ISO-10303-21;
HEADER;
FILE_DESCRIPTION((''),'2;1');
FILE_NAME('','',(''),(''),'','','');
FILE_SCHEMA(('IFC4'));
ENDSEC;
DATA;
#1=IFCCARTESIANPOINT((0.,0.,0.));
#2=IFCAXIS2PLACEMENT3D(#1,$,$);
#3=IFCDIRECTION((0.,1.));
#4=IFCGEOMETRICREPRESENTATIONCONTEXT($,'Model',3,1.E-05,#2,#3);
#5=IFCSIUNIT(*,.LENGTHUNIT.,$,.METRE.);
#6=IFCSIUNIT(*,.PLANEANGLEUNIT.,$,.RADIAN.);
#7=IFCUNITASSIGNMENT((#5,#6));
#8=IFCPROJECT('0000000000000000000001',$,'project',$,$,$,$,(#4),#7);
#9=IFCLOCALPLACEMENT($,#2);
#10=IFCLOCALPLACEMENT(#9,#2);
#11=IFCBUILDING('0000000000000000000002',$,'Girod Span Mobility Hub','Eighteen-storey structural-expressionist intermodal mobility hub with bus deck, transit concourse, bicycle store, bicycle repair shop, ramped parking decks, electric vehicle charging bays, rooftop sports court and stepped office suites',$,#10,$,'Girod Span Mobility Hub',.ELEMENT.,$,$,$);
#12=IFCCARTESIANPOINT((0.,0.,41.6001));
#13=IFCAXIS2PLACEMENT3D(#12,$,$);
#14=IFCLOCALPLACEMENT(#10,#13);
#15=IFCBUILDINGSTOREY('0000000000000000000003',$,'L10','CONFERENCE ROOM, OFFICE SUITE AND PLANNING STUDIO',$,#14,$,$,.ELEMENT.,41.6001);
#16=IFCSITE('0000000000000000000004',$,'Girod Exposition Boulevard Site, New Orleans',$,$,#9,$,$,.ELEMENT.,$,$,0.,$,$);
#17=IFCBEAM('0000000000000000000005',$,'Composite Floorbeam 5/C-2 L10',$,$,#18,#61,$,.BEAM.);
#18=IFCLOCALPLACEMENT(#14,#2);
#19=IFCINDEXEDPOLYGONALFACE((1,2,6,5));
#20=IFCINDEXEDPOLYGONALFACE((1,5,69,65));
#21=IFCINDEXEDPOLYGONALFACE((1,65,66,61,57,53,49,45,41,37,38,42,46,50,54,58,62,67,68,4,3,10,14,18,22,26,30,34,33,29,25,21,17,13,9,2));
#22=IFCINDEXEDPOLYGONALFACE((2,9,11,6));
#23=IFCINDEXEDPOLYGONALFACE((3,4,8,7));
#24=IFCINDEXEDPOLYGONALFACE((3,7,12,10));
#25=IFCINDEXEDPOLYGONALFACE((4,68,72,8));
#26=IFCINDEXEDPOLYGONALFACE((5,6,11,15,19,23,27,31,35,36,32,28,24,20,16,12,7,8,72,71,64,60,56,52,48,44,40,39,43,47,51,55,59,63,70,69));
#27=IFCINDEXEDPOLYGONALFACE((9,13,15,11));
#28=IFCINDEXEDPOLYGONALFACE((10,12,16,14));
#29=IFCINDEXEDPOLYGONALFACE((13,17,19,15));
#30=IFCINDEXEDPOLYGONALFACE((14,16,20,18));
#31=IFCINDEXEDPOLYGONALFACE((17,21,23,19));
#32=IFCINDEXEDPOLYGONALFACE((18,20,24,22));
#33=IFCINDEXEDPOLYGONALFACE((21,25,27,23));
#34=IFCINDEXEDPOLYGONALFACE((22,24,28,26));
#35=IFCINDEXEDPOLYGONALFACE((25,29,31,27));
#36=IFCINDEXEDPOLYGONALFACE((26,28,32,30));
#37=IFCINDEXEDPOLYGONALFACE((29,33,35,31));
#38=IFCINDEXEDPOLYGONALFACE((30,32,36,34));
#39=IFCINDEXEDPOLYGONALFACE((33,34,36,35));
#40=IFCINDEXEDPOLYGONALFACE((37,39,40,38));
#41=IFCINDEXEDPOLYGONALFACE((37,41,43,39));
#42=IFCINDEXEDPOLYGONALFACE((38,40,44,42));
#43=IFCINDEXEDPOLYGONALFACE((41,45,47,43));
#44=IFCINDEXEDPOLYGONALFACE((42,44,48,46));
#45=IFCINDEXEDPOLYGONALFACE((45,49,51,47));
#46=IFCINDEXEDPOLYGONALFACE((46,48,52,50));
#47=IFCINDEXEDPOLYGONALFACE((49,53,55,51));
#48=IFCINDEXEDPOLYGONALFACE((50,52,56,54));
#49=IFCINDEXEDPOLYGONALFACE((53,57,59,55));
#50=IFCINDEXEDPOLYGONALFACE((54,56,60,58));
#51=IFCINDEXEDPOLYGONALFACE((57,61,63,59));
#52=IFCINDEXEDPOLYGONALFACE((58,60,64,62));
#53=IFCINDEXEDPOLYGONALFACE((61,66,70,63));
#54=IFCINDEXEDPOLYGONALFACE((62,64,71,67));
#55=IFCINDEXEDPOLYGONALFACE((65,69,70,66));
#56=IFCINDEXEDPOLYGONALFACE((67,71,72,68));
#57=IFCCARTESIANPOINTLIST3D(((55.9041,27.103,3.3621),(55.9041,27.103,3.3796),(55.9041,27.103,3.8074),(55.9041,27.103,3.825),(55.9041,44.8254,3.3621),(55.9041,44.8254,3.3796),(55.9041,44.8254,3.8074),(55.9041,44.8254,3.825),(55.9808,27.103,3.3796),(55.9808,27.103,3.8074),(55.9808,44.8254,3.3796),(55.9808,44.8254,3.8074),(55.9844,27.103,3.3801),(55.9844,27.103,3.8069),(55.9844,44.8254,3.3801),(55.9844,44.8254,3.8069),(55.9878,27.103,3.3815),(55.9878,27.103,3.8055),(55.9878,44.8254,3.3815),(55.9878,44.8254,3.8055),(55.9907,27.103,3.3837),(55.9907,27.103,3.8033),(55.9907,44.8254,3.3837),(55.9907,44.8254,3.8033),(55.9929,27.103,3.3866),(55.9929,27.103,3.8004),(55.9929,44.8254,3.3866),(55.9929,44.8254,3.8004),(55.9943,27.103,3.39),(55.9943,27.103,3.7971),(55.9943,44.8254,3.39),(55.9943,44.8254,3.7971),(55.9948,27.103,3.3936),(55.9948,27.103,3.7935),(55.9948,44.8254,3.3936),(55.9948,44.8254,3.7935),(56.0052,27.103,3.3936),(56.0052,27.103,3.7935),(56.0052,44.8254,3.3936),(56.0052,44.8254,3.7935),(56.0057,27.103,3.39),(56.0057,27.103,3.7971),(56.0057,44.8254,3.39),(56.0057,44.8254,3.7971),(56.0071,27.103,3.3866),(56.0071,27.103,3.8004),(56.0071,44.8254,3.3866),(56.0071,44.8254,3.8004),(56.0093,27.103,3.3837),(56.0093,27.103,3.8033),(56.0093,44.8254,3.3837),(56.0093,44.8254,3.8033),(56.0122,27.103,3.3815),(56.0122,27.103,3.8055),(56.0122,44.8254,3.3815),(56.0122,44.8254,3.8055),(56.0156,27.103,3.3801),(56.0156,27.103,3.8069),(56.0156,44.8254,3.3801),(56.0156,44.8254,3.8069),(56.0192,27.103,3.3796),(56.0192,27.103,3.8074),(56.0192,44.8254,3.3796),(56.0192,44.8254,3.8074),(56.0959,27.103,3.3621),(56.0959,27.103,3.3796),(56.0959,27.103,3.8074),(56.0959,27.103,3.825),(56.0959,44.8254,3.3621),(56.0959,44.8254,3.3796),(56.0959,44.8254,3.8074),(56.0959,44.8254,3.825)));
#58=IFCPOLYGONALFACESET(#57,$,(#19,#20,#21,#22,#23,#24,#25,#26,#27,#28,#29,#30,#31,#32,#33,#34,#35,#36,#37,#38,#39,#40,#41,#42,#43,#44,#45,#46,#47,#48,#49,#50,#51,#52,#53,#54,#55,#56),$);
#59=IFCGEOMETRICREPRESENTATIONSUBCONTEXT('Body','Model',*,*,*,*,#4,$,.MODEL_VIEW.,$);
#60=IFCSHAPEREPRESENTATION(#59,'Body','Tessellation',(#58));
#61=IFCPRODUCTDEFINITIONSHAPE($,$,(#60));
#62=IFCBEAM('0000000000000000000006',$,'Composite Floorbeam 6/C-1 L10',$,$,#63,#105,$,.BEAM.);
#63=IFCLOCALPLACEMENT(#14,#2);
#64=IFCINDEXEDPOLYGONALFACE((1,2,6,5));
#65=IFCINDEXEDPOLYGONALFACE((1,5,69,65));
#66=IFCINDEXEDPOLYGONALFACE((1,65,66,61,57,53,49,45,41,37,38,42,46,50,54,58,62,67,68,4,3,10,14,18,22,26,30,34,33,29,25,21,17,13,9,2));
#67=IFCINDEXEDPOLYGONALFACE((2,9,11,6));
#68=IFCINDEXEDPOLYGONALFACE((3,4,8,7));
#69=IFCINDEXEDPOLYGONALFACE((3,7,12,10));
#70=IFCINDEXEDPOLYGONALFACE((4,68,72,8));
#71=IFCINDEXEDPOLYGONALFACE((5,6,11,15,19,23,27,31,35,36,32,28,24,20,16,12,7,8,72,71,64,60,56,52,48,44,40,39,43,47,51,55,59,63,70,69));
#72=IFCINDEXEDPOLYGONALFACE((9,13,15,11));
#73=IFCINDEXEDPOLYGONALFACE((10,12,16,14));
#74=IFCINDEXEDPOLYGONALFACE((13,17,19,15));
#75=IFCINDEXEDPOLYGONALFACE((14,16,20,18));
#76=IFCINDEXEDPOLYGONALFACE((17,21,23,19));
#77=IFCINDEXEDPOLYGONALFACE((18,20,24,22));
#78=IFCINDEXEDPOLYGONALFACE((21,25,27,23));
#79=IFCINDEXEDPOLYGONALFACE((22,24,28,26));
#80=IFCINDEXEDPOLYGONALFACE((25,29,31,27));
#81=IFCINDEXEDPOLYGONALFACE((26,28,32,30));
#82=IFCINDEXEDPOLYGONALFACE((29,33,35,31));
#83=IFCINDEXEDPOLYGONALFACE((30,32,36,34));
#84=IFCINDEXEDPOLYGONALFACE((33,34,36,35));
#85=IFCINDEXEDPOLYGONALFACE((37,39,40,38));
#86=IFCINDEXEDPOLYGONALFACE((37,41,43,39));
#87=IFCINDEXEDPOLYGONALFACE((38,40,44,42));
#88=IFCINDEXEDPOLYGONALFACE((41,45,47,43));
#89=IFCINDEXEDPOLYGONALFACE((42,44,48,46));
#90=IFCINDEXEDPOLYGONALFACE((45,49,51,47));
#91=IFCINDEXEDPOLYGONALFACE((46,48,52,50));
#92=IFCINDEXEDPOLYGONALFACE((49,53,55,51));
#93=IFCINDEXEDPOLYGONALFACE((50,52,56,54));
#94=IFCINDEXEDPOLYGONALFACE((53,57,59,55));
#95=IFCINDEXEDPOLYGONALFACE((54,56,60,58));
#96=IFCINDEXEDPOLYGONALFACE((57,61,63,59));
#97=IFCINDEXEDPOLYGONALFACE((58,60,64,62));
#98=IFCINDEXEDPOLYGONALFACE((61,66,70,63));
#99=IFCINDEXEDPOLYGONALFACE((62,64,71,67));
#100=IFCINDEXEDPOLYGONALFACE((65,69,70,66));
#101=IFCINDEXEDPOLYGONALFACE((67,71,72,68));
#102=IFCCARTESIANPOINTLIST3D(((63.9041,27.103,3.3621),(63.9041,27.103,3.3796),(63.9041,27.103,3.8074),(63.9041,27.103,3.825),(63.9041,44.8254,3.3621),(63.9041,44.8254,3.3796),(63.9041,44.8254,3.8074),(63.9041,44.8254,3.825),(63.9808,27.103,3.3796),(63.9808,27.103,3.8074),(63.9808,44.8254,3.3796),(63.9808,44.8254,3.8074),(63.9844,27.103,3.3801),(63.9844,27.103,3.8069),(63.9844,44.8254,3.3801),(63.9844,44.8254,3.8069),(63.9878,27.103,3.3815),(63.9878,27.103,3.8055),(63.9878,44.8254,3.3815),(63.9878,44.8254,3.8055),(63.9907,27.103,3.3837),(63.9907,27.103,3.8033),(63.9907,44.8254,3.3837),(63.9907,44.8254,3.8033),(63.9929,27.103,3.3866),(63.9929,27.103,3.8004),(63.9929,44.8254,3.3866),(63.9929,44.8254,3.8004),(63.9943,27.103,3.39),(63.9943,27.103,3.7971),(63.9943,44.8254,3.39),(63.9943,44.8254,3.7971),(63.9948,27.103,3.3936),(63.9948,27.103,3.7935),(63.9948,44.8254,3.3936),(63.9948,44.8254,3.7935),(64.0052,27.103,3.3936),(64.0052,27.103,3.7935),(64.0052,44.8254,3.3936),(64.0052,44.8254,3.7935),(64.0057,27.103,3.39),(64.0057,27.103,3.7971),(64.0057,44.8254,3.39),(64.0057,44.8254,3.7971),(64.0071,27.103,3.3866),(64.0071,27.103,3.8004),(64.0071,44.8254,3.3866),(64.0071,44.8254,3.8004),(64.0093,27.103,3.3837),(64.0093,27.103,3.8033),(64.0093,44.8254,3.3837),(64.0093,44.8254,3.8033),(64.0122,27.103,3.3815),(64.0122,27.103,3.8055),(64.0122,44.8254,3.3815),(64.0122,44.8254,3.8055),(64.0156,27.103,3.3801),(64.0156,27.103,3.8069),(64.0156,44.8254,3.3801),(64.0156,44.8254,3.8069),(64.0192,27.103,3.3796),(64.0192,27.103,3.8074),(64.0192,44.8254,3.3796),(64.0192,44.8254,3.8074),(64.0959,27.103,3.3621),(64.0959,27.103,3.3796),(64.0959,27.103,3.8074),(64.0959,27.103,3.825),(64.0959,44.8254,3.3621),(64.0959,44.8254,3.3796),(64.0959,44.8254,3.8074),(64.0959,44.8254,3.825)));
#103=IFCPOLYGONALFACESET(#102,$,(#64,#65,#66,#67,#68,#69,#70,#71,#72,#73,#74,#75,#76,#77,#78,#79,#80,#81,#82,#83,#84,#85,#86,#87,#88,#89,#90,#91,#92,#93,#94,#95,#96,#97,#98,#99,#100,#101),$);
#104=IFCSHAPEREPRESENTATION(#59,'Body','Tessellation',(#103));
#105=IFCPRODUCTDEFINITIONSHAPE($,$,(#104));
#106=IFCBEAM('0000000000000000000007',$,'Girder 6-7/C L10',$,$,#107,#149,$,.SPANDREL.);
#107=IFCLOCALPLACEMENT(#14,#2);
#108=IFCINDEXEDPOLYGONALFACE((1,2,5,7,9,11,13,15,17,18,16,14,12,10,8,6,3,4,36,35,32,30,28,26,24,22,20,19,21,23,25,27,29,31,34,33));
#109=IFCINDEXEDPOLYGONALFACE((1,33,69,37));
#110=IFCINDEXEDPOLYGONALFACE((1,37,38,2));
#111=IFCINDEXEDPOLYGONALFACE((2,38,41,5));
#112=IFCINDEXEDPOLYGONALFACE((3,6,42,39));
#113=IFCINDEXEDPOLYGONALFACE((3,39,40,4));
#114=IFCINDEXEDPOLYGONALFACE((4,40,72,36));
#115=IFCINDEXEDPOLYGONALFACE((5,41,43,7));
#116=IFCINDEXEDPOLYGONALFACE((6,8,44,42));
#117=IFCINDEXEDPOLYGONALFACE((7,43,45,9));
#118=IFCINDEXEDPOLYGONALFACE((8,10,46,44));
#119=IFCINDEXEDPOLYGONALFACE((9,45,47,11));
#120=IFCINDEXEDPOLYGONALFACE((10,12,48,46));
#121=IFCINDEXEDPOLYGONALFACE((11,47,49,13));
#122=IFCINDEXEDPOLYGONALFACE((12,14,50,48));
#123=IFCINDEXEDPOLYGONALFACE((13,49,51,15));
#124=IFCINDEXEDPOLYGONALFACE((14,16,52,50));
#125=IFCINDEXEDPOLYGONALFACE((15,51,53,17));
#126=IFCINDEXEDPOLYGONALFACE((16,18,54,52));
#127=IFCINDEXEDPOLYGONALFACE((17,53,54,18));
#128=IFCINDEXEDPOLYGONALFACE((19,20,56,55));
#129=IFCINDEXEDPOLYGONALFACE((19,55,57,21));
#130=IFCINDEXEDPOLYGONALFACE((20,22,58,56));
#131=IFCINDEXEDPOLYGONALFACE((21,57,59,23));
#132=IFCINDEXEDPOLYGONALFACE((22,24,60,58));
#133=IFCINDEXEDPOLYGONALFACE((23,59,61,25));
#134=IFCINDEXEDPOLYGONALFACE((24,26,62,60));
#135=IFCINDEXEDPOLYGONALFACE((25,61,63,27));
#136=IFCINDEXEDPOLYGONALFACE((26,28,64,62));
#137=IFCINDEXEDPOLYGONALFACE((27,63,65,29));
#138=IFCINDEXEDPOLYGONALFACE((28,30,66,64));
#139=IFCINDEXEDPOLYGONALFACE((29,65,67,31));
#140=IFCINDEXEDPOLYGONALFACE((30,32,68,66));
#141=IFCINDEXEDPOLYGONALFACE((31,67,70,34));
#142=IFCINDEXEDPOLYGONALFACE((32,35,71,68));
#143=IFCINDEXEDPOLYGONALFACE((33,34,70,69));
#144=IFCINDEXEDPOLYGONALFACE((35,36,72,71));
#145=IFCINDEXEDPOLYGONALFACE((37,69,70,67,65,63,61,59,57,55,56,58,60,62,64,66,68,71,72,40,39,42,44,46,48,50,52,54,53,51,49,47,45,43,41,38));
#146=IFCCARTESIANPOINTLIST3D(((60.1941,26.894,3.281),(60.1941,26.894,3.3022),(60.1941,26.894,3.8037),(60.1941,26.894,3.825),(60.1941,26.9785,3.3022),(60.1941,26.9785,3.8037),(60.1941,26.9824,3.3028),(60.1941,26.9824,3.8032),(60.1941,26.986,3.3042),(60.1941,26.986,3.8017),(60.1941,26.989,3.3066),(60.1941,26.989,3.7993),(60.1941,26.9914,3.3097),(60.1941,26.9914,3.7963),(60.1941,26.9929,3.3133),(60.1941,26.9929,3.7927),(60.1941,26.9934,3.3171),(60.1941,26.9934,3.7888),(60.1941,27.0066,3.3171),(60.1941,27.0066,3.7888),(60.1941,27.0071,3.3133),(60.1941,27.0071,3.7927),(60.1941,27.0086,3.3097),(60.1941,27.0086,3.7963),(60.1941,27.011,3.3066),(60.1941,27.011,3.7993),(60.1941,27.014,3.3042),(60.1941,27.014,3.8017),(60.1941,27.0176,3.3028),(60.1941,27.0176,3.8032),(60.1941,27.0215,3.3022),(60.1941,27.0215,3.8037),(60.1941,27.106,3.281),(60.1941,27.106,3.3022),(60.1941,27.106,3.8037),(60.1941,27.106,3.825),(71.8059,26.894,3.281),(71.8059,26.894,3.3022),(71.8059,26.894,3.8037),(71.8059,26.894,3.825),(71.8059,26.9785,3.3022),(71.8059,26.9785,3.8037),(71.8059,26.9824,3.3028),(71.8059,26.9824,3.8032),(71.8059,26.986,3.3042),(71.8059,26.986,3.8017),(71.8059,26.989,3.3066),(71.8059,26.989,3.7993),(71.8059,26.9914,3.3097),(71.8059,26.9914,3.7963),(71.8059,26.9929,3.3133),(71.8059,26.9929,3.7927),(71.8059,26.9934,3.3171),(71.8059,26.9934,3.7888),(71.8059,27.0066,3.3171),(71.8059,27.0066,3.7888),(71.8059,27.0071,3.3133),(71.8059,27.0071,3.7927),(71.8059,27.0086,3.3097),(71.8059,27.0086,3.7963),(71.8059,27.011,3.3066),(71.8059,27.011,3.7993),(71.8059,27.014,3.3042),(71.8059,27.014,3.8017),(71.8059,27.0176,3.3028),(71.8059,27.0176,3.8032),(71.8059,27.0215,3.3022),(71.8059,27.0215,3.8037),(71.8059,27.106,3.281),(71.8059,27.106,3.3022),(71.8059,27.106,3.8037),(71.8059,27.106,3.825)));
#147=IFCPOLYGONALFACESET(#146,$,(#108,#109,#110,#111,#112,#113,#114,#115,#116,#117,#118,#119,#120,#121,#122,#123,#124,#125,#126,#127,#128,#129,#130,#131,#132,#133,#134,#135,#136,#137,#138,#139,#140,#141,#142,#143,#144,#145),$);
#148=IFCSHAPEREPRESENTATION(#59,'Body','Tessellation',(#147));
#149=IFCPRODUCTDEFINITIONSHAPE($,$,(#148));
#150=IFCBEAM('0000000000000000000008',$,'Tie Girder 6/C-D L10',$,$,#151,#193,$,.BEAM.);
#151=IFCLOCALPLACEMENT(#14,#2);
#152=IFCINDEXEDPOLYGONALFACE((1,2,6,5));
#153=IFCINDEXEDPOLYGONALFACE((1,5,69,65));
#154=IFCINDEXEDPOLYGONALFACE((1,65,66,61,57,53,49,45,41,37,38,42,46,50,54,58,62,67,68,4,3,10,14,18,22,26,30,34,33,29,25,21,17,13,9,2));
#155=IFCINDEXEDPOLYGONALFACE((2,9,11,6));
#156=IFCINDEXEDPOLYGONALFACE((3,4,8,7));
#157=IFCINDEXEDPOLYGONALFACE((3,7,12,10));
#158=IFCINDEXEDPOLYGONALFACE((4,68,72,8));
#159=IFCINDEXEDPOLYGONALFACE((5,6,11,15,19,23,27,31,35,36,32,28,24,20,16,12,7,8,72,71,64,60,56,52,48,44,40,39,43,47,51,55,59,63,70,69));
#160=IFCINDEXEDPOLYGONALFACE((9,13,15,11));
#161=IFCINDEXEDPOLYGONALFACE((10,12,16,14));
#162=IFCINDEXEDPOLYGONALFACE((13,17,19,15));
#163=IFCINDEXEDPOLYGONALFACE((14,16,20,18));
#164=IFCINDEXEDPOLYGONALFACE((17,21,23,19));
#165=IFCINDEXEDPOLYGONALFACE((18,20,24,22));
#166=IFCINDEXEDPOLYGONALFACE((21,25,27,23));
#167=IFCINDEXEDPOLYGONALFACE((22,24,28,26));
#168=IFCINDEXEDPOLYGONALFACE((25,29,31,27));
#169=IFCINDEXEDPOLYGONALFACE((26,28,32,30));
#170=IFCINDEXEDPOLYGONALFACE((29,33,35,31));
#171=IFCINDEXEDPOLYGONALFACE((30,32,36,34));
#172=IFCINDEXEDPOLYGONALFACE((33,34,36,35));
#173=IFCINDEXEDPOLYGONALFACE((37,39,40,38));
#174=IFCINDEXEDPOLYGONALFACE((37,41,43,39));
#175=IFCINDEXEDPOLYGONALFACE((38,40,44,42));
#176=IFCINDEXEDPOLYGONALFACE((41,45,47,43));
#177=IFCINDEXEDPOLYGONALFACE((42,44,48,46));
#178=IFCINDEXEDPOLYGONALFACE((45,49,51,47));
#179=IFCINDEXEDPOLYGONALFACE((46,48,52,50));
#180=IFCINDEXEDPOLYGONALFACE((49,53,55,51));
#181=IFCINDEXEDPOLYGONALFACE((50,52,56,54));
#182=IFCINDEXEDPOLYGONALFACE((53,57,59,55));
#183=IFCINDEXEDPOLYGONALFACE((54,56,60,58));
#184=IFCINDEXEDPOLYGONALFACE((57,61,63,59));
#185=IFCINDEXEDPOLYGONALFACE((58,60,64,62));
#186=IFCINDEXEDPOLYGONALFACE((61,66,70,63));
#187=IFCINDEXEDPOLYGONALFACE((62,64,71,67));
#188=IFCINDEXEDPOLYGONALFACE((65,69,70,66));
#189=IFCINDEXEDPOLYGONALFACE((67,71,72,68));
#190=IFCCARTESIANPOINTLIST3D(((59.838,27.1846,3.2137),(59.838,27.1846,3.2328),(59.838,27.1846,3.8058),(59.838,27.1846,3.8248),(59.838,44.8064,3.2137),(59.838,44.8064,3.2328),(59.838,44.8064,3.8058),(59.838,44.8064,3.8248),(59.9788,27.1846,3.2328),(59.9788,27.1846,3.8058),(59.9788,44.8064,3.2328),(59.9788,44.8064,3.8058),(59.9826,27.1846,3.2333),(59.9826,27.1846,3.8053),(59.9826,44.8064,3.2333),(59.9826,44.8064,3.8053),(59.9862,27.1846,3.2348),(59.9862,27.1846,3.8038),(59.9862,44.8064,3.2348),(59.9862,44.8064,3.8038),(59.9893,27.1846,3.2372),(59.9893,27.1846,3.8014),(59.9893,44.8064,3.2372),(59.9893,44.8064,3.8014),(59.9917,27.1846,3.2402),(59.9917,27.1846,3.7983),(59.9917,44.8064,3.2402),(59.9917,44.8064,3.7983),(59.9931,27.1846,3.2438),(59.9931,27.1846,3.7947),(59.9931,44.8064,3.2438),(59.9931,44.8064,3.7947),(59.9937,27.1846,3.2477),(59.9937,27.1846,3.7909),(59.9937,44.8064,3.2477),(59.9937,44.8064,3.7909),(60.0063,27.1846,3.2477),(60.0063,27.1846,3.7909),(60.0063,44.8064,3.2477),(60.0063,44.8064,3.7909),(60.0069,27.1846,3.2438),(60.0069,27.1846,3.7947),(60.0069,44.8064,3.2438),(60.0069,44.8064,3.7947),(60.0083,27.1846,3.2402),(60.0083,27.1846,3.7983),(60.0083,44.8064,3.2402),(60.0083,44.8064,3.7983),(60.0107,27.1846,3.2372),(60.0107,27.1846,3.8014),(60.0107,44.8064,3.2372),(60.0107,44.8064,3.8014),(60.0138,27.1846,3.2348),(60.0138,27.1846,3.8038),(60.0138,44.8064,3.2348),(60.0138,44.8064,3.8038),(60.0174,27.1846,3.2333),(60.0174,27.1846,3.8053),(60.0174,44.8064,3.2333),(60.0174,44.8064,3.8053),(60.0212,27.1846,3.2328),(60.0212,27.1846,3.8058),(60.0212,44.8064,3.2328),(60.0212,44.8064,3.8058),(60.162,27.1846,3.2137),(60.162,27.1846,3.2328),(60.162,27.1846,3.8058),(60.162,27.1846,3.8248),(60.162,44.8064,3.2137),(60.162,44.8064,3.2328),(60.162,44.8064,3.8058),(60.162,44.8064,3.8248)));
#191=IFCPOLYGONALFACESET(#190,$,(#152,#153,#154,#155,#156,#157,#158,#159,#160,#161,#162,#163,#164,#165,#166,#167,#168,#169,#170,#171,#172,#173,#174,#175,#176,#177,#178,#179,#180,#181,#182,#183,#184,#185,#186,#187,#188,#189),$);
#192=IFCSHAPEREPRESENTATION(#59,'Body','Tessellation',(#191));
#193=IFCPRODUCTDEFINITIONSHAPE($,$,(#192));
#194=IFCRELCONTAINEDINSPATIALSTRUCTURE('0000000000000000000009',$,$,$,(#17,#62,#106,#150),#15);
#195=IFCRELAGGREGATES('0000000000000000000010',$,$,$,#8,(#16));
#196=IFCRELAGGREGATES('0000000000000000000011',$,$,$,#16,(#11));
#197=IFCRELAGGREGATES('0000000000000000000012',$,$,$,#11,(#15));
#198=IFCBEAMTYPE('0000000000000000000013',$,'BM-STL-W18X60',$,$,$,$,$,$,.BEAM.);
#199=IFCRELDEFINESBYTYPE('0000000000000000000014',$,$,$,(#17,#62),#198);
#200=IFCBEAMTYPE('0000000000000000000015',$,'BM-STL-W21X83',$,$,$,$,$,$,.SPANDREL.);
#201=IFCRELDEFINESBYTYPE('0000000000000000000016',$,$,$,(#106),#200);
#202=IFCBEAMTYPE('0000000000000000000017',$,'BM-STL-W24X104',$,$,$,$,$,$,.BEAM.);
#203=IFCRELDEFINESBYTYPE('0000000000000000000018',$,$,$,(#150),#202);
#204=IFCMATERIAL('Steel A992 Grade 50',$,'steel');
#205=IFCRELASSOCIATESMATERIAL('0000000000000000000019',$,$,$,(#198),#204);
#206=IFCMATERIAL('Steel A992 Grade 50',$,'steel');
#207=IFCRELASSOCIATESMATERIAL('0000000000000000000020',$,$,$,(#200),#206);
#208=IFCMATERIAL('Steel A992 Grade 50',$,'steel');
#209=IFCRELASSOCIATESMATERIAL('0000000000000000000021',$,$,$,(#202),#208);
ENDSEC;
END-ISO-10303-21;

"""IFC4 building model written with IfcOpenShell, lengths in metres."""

from ifc_helpers import new_model, si_unit, direction, frame, origin, origin_2d, place, context, subcontext, project, spatial, i_section, extrude, material, material_profile, profile_set, type_object, element, save


model = new_model("IFC4")

# Units and contexts
model_context = context("Model", 3, precision=1e-05, world=origin(), true_north=direction((0.0, 1.0)))
body_context = subcontext(model_context, "Body", "Model", "MODEL_VIEW")
ifc_project = project(units=[si_unit("LENGTHUNIT", "METRE"), si_unit("PLANEANGLEUNIT", "RADIAN")], contexts=[model_context])

# Site, building, storey
site_placement = place(None, origin())
site = spatial("IfcSite", under=ifc_project, at=site_placement, Name="Girod Exposition Boulevard Site, New Orleans", CompositionType="ELEMENT", RefElevation=0.0)
building_placement = place(site_placement, origin())
building = spatial("IfcBuilding", under=site, at=building_placement, Name="Girod Span Mobility Hub", Description="Eighteen-storey structural-expressionist intermodal mobility hub with bus deck, transit concourse, bicycle store, bicycle repair shop, ramped parking decks, electric vehicle charging bays, rooftop sports court and stepped office suites", LongName="Girod Span Mobility Hub", CompositionType="ELEMENT")
storey_placement = place(building_placement, frame((0.0, 0.0, 41.6001)))
storey = spatial("IfcBuildingStorey", under=building, at=storey_placement, Name="L10", Description="CONFERENCE ROOM, OFFICE SUITE AND PLANNING STUDIO", CompositionType="ELEMENT", Elevation=41.6001)

# Beams
ifc_material_1 = material(Name="Steel A992 Grade 50", Category="steel")
ifc_material_profile_1 = material_profile(ifc_material_1, i_section(OverallWidth=0.1919, OverallDepth=0.4629, WebThickness=0.0105, FlangeThickness=0.0176, FilletRadius=0.0139, at=origin_2d()), Name="W18X60")
ifc_profile_set_1 = profile_set([ifc_material_profile_1], Name="Steel A992 Grade 50")
beam_type_1 = type_object("IfcBeamType", Name="BM-STL-W18X60", PredefinedType="BEAM", material=ifc_profile_set_1)
for number, where, z_axis, x_axis, name in (
    (1, (56.0, 27.103, 3.5935), (0.0, 1.0, 0.0), (-1.0, 0.0, 0.0), "Composite Floorbeam 5/C-2 L10"),
    (2, (64.0, 27.103, 3.5935), (0.0, 1.0, 0.0), (-1.0, 0.0, 0.0), "Composite Floorbeam 6/C-1 L10"),
):
    element("IfcBeam", number, at=place(storey_placement, frame(where, z_axis=z_axis, x_axis=x_axis)), inside=storey, type_object=beam_type_1, Name=name, PredefinedType="BEAM", context=body_context, shape_type="SweptSolid", body=[
        extrude(i_section(OverallWidth=0.1919, OverallDepth=0.4629, WebThickness=0.0105, FlangeThickness=0.0176, FilletRadius=0.0139, at=origin_2d()), origin(), (0.0, 0.0, 1.0), 17.7224),
    ])
ifc_material_2 = material(Name="Steel A992 Grade 50", Category="steel")
ifc_material_profile_2 = material_profile(ifc_material_2, i_section(OverallWidth=0.2119, OverallDepth=0.5439, WebThickness=0.0132, FlangeThickness=0.0212, FilletRadius=0.0149, at=origin_2d()), Name="W21X83")
ifc_profile_set_2 = profile_set([ifc_material_profile_2], Name="Steel A992 Grade 50")
beam_type_2 = type_object("IfcBeamType", Name="BM-STL-W21X83", PredefinedType="SPANDREL", material=ifc_profile_set_2)
beam_1_placement = place(storey_placement, frame((60.1941, 27.0, 3.553), z_axis=(1.0, 0.0, 0.0), x_axis=(0.0, 1.0, 0.0)))
element("IfcBeam", 3, at=beam_1_placement, inside=storey, type_object=beam_type_2, Name="Girder 6-7/C L10", PredefinedType="SPANDREL", context=body_context, shape_type="SweptSolid", body=[
    extrude(i_section(OverallWidth=0.2119, OverallDepth=0.5439, WebThickness=0.0132, FlangeThickness=0.0212, FilletRadius=0.0149, at=origin_2d()), origin(), (0.0, 0.0, 1.0), 11.6118),
])
ifc_material_3 = material(Name="Steel A992 Grade 50", Category="steel")
ifc_material_profile_3 = material_profile(ifc_material_3, i_section(OverallWidth=0.324, OverallDepth=0.6111, WebThickness=0.0127, FlangeThickness=0.019, FilletRadius=0.0149, at=origin_2d()), Name="W24X104")
ifc_profile_set_3 = profile_set([ifc_material_profile_3], Name="Steel A992 Grade 50")
beam_type_3 = type_object("IfcBeamType", Name="BM-STL-W24X104", PredefinedType="BEAM", material=ifc_profile_set_3)
beam_2_placement = place(storey_placement, frame((60.0, 27.1846, 3.5193), z_axis=(0.0, 1.0, 0.0), x_axis=(-1.0, 0.0, 0.0)))
element("IfcBeam", 4, at=beam_2_placement, inside=storey, type_object=beam_type_3, Name="Tie Girder 6/C-D L10", PredefinedType="BEAM", context=body_context, shape_type="SweptSolid", body=[
    extrude(i_section(OverallWidth=0.324, OverallDepth=0.6111, WebThickness=0.0127, FlangeThickness=0.019, FilletRadius=0.0149, at=origin_2d()), origin(), (0.0, 0.0, 1.0), 17.6218),
])

save(model, "model.ifc")
